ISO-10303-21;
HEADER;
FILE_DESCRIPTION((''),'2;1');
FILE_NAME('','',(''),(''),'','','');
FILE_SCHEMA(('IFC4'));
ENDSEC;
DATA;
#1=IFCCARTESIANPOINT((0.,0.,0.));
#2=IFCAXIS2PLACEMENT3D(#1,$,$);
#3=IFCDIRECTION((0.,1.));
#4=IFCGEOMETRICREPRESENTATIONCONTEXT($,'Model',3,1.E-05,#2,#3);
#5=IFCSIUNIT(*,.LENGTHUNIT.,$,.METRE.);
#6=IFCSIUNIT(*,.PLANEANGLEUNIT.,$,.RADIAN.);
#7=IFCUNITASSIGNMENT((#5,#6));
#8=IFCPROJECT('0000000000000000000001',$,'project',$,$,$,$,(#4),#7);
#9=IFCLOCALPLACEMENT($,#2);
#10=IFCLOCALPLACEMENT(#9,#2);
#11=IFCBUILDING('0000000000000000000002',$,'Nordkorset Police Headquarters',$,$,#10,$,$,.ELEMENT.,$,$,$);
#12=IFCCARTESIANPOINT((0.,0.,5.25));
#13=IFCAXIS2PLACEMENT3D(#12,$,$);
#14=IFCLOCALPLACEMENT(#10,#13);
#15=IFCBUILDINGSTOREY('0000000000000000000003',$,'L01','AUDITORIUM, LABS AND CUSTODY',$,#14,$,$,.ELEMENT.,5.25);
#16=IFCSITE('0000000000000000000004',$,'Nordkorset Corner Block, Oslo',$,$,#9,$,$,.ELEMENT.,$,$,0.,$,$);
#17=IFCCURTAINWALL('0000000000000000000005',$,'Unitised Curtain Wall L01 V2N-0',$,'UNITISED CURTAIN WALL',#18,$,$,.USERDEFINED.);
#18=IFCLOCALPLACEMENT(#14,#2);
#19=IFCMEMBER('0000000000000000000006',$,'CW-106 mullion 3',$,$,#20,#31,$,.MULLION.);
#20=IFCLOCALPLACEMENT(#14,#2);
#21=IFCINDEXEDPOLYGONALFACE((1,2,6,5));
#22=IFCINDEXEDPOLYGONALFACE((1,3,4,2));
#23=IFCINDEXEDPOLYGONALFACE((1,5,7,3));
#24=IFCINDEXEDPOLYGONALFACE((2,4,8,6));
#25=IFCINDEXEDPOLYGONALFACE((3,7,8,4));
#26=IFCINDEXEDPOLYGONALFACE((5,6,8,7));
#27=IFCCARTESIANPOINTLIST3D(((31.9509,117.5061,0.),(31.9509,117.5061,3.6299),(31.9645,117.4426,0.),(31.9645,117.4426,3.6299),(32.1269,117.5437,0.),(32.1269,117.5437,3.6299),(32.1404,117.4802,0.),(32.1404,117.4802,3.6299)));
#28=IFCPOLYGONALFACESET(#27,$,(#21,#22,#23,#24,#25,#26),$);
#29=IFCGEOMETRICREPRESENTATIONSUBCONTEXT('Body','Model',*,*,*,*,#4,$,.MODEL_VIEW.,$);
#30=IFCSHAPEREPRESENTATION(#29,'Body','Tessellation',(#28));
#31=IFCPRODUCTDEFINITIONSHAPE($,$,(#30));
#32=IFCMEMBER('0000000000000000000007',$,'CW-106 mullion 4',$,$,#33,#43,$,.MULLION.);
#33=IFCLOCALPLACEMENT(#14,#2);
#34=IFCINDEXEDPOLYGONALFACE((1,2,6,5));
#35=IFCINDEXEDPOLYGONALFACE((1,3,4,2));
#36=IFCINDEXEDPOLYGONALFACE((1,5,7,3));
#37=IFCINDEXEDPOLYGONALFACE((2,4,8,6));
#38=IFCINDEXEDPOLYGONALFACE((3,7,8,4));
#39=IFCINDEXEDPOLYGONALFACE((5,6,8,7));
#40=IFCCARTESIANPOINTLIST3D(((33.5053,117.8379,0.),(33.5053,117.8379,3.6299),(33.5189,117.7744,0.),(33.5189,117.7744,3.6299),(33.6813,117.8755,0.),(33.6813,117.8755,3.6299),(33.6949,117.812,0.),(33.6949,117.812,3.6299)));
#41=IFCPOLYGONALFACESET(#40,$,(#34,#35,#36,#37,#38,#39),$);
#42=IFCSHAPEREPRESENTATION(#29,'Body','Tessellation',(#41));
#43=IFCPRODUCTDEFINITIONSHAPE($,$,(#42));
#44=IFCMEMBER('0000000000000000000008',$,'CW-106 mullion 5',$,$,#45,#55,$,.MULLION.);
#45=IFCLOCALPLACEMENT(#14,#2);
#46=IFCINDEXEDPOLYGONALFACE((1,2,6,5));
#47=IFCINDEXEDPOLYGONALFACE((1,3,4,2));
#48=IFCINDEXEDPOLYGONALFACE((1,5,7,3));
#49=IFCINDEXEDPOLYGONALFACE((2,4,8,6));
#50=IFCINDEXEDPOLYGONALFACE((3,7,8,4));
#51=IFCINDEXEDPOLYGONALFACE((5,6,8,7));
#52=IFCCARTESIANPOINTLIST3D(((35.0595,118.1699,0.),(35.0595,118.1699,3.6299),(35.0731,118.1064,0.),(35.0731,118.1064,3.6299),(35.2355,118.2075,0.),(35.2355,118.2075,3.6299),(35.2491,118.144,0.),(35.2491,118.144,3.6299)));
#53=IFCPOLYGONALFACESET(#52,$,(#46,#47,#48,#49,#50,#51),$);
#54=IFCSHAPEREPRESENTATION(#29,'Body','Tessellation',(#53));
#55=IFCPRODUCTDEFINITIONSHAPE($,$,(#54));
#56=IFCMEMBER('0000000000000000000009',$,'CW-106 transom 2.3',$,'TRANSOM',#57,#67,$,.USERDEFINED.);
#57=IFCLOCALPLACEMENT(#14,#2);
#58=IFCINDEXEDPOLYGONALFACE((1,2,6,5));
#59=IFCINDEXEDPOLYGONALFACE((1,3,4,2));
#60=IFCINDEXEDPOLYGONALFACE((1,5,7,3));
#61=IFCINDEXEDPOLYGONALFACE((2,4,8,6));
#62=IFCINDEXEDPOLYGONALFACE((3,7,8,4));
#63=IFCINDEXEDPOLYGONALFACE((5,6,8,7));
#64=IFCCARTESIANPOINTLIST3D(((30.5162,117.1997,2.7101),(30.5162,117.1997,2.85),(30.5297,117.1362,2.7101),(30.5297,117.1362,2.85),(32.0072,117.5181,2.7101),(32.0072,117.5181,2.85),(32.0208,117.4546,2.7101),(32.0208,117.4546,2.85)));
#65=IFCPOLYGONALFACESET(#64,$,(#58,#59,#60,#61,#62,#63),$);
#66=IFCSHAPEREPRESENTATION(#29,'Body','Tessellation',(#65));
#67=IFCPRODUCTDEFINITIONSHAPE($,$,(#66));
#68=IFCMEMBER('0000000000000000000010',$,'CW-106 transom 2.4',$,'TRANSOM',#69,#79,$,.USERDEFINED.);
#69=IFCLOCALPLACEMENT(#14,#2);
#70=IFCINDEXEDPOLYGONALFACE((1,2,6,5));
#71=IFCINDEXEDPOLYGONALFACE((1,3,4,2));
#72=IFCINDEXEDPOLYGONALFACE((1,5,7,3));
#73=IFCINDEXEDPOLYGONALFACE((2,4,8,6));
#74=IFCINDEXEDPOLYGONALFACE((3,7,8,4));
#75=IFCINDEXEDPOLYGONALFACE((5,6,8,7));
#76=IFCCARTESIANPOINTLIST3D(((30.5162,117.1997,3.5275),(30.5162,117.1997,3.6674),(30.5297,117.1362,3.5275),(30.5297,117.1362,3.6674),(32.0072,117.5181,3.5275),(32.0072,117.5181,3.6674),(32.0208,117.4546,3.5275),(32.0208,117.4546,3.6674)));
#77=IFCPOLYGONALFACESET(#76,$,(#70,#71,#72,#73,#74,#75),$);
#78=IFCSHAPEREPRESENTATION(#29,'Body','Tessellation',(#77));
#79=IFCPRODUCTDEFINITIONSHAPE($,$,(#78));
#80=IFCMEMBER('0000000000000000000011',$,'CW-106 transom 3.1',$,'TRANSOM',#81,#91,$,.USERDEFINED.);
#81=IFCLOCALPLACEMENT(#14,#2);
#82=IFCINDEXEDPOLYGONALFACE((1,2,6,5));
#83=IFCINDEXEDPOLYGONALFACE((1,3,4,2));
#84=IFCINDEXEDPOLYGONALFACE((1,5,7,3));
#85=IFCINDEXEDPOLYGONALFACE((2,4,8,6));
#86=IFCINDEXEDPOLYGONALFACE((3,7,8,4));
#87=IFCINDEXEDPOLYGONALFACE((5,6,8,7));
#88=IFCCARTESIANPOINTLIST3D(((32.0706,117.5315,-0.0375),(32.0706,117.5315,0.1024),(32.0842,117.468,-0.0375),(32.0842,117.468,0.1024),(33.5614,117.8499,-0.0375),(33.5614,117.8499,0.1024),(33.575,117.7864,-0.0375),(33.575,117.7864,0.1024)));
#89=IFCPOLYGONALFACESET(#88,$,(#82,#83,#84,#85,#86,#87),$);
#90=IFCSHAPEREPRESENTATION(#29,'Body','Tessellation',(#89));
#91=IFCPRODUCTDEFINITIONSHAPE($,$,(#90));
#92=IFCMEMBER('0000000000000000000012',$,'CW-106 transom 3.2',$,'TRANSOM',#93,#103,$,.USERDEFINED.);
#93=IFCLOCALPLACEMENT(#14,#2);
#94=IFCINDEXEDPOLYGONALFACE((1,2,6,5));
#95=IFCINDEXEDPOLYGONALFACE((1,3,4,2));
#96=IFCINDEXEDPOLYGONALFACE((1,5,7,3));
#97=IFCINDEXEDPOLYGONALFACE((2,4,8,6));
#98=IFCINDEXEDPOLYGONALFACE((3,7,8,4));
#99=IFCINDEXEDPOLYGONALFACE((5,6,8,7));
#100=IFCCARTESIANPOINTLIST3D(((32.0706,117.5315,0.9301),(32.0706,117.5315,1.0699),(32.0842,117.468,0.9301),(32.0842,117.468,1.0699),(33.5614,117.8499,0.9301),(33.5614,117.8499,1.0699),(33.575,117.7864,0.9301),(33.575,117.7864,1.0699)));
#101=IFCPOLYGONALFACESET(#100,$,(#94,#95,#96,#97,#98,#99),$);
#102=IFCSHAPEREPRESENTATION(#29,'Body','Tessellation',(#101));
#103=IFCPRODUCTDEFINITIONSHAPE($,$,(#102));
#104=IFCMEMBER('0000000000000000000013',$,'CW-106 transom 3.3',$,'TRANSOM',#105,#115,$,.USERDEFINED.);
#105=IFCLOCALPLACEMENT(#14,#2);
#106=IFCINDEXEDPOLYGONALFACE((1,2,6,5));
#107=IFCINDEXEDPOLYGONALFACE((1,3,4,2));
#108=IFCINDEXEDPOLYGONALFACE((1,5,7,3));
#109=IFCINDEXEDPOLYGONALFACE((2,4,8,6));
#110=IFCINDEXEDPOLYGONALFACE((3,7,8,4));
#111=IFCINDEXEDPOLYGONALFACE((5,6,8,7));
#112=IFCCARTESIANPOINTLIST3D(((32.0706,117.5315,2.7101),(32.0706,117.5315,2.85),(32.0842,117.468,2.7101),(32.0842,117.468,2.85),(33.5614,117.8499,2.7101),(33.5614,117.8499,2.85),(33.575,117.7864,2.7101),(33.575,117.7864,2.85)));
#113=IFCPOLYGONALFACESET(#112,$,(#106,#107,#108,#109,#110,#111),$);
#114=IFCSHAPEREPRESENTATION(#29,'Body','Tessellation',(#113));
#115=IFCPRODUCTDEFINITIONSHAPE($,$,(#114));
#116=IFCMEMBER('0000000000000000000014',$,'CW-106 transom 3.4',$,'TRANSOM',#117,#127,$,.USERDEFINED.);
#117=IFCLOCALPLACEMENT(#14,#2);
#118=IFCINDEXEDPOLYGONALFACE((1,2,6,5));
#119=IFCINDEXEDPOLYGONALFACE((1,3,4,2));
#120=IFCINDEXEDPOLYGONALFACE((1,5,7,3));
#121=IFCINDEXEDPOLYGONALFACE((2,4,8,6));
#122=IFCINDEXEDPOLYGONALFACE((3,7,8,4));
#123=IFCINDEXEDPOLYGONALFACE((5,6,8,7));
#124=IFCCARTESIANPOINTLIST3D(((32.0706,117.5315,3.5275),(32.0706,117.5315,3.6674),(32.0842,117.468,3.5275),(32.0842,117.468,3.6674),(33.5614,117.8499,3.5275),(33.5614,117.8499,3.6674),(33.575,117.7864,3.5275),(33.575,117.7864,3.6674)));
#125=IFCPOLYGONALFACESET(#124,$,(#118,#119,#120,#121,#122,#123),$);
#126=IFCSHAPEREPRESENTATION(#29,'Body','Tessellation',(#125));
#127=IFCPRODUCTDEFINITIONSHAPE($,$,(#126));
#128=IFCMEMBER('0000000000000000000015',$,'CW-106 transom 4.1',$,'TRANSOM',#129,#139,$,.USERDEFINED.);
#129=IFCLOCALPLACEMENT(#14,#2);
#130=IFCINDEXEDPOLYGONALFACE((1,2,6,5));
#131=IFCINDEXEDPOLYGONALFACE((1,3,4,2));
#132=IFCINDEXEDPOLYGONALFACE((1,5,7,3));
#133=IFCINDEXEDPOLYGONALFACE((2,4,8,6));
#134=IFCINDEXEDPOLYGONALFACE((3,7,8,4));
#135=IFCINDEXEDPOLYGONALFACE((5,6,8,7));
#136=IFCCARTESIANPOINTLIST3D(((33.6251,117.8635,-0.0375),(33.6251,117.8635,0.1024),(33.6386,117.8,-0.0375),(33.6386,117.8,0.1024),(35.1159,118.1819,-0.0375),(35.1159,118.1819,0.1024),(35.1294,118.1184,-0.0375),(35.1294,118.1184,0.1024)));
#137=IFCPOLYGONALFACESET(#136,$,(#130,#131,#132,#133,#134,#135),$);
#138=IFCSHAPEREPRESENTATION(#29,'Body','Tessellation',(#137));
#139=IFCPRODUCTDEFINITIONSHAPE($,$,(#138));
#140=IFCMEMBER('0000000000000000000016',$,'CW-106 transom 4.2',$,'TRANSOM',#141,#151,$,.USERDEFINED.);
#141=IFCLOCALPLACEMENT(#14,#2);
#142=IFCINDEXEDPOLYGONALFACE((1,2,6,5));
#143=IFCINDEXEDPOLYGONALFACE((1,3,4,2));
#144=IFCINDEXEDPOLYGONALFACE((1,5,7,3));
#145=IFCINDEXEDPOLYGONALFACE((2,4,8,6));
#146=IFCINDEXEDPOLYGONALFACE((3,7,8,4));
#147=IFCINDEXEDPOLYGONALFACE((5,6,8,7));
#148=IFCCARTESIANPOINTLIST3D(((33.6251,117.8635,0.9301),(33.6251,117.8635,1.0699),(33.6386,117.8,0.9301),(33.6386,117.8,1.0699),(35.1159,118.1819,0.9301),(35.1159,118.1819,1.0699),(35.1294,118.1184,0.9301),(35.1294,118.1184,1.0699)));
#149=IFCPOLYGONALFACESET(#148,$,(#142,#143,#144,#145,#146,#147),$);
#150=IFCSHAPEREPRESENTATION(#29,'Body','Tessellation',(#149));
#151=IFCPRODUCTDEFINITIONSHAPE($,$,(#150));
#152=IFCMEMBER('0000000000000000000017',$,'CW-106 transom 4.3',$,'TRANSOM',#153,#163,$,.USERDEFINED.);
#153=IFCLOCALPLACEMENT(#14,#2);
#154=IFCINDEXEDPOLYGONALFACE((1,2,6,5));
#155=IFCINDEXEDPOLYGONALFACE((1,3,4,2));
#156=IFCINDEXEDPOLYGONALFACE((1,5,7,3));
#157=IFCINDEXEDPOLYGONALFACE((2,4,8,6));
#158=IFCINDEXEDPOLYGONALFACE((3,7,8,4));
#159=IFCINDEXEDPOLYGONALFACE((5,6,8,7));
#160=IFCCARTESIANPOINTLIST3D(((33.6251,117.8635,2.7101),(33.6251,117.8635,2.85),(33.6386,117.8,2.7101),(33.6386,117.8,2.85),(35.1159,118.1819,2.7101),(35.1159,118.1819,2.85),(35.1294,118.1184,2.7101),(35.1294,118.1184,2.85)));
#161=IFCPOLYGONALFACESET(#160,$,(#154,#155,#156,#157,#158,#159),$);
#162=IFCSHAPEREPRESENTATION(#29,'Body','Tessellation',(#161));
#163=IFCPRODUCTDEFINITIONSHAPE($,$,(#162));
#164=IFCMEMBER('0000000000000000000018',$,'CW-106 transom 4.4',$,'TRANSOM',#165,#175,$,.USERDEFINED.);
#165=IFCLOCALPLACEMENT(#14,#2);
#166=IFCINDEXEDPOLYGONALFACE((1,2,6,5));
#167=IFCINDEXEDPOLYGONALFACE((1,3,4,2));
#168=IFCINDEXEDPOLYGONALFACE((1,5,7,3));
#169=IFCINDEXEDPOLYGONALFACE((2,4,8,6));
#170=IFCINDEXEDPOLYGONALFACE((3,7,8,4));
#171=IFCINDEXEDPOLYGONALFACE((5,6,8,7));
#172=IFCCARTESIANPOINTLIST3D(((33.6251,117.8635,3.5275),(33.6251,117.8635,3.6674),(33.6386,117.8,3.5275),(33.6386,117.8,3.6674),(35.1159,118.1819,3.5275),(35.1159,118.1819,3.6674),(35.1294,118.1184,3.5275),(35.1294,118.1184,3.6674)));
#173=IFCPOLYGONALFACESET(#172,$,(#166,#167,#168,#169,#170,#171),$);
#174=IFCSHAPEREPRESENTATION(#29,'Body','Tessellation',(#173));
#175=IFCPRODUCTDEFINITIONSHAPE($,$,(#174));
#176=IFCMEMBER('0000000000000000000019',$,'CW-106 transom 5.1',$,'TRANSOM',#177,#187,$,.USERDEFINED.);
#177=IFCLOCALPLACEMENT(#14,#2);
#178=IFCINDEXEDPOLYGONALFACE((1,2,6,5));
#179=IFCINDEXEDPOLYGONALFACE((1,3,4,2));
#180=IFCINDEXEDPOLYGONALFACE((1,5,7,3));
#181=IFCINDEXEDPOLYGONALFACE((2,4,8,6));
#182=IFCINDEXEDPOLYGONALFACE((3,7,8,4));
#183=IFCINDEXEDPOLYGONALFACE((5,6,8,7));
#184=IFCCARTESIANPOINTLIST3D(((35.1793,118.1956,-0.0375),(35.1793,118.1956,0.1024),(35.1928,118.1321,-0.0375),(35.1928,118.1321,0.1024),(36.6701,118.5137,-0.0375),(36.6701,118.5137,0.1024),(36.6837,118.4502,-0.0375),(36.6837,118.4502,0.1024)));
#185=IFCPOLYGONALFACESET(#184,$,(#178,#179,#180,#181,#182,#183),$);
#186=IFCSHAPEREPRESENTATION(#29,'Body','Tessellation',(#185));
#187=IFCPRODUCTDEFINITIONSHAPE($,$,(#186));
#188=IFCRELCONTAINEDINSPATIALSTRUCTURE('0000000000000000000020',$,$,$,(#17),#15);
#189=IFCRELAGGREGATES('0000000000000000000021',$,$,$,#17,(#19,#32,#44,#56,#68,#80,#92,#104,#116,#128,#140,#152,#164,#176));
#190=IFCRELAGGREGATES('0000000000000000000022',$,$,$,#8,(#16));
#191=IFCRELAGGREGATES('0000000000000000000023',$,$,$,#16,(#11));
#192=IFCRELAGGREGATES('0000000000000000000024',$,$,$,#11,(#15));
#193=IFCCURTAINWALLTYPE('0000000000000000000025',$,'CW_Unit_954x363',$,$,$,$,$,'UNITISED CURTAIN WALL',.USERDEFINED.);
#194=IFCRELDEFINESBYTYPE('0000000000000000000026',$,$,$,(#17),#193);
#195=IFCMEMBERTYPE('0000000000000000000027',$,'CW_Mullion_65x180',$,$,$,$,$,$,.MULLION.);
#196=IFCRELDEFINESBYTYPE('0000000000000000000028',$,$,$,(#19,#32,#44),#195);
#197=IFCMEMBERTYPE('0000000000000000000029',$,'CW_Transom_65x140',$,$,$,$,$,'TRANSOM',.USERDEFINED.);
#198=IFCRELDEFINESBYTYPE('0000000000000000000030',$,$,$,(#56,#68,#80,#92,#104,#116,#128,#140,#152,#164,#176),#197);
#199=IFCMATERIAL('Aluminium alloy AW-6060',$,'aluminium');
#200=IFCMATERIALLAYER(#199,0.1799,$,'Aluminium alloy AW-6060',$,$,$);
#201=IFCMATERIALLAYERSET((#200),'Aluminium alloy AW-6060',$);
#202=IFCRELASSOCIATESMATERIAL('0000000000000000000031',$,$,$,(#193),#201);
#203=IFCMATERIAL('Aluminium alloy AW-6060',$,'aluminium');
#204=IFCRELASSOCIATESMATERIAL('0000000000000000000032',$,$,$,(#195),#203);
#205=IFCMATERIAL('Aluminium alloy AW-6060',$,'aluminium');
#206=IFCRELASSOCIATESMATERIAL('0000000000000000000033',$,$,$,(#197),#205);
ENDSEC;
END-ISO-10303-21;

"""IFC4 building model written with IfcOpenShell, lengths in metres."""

from ifc_helpers import new_model, si_unit, direction, frame, origin, origin_2d, place, context, subcontext, project, spatial, rectangle, extrude, material, layer, layer_set, material_profile, profile_set, type_object, element, aggregate, save


model = new_model("IFC4")

# Units and contexts
model_context = context("Model", 3, precision=1e-05, world=origin(), true_north=direction((0.0, 1.0)))
body_context = subcontext(model_context, "Body", "Model", "MODEL_VIEW")
ifc_project = project(units=[si_unit("LENGTHUNIT", "METRE"), si_unit("PLANEANGLEUNIT", "RADIAN")], contexts=[model_context])

# Site, building, storey
site_placement = place(None, origin())
site = spatial("IfcSite", under=ifc_project, at=site_placement, Name="Nordkorset Corner Block, Oslo", CompositionType="ELEMENT", RefElevation=0.0)
building_placement = place(site_placement, origin())
building = spatial("IfcBuilding", under=site, at=building_placement, Name="Nordkorset Police Headquarters", CompositionType="ELEMENT")
storey_placement = place(building_placement, frame((0.0, 0.0, 5.25)))
storey = spatial("IfcBuildingStorey", under=building, at=storey_placement, Name="L01", Description="AUDITORIUM, LABS AND CUSTODY", CompositionType="ELEMENT", Elevation=5.25)

# Curtain wall, members
ifc_material_1 = material(Name="Aluminium alloy AW-6060", Category="aluminium")
ifc_layer_1 = layer(ifc_material_1, 0.1799, Name="Aluminium alloy AW-6060")
ifc_layer_set_1 = layer_set([ifc_layer_1], Name="Aluminium alloy AW-6060")
curtain_wall_type = type_object("IfcCurtainWallType", Name="CW_Unit_954x363", ElementType="UNITISED CURTAIN WALL", PredefinedType="USERDEFINED", material=ifc_layer_set_1)
curtain_wall_placement = place(storey_placement, origin())
curtain_wall = element("IfcCurtainWall", 1, at=curtain_wall_placement, inside=storey, type_object=curtain_wall_type, Name="Unitised Curtain Wall L01 V2N-0", ObjectType="UNITISED CURTAIN WALL", PredefinedType="USERDEFINED")
ifc_material_2 = material(Name="Aluminium alloy AW-6060", Category="aluminium")
ifc_material_profile_1 = material_profile(ifc_material_2, rectangle(XDim=0.0649, YDim=0.1799, at=origin_2d()), Name="ALU MULL 65x180")
ifc_profile_set_1 = profile_set([ifc_material_profile_1], Name="Aluminium alloy AW-6060")
member_type_1 = type_object("IfcMemberType", Name="CW_Mullion_65x180", PredefinedType="MULLION", material=ifc_profile_set_1)
member_1_placement = place(storey_placement, frame((32.0457, 117.4932, 0.0), z_axis=(0.0, 0.0, 1.0), x_axis=(-0.208833, 0.977951, 0.0)))
member_1 = element("IfcMember", 2, at=member_1_placement, type_object=member_type_1, Name="CW-106 mullion 3", PredefinedType="MULLION", context=body_context, shape_type="SweptSolid", body=[
    extrude(rectangle(XDim=0.0649, YDim=0.1799, at=origin_2d()), origin(), (0.0, 0.0, 1.0), 3.6299),
])
member_2_placement = place(storey_placement, frame((33.6001, 117.825, 0.0), z_axis=(0.0, 0.0, 1.0), x_axis=(-0.208833, 0.977951, 0.0)))
member_2 = element("IfcMember", 3, at=member_2_placement, type_object=member_type_1, Name="CW-106 mullion 4", PredefinedType="MULLION", context=body_context, shape_type="SweptSolid", body=[
    extrude(rectangle(XDim=0.0649, YDim=0.1799, at=origin_2d()), origin(), (0.0, 0.0, 1.0), 3.6299),
])
member_3_placement = place(storey_placement, frame((35.1543, 118.157, 0.0), z_axis=(0.0, 0.0, 1.0), x_axis=(-0.208833, 0.977951, 0.0)))
member_3 = element("IfcMember", 4, at=member_3_placement, type_object=member_type_1, Name="CW-106 mullion 5", PredefinedType="MULLION", context=body_context, shape_type="SweptSolid", body=[
    extrude(rectangle(XDim=0.0649, YDim=0.1799, at=origin_2d()), origin(), (0.0, 0.0, 1.0), 3.6299),
])
ifc_material_3 = material(Name="Aluminium alloy AW-6060", Category="aluminium")
ifc_material_profile_2 = material_profile(ifc_material_3, rectangle(XDim=0.0649, YDim=0.1399, at=origin_2d()), Name="ALU TRAN 65x140")
ifc_profile_set_2 = profile_set([ifc_material_profile_2], Name="Aluminium alloy AW-6060")
member_type_2 = type_object("IfcMemberType", Name="CW_Transom_65x140", ElementType="TRANSOM", PredefinedType="USERDEFINED", material=ifc_profile_set_2)
member_4_placement = place(storey_placement, frame((30.5229, 117.168, 2.78), z_axis=(0.977954, 0.208818, 0.0), x_axis=(-0.208818, 0.977954, 0.0)))
member_4 = element("IfcMember", 5, at=member_4_placement, type_object=member_type_2, Name="CW-106 transom 2.3", ObjectType="TRANSOM", PredefinedType="USERDEFINED", context=body_context, shape_type="SweptSolid", body=[
    extrude(rectangle(XDim=0.0649, YDim=0.1399, at=origin_2d()), origin(), (0.0, 0.0, 1.0), 1.5247),
])
member_5_placement = place(storey_placement, frame((30.5229, 117.168, 3.5974), z_axis=(0.977954, 0.208818, 0.0), x_axis=(-0.208818, 0.977954, 0.0)))
member_5 = element("IfcMember", 6, at=member_5_placement, type_object=member_type_2, Name="CW-106 transom 2.4", ObjectType="TRANSOM", PredefinedType="USERDEFINED", context=body_context, shape_type="SweptSolid", body=[
    extrude(rectangle(XDim=0.0649, YDim=0.1399, at=origin_2d()), origin(), (0.0, 0.0, 1.0), 1.5247),
])
member_6_placement = place(storey_placement, frame((32.0774, 117.4998, 0.0325), z_axis=(0.977947, 0.208851, 0.0), x_axis=(-0.208851, 0.977947, 0.0)))
member_6 = element("IfcMember", 7, at=member_6_placement, type_object=member_type_2, Name="CW-106 transom 3.1", ObjectType="TRANSOM", PredefinedType="USERDEFINED", context=body_context, shape_type="SweptSolid", body=[
    extrude(rectangle(XDim=0.0649, YDim=0.1399, at=origin_2d()), origin(), (0.0, 0.0, 1.0), 1.5244),
])
member_7_placement = place(storey_placement, frame((32.0774, 117.4998, 1.0), z_axis=(0.977947, 0.208851, 0.0), x_axis=(-0.208851, 0.977947, 0.0)))
member_7 = element("IfcMember", 8, at=member_7_placement, type_object=member_type_2, Name="CW-106 transom 3.2", ObjectType="TRANSOM", PredefinedType="USERDEFINED", context=body_context, shape_type="SweptSolid", body=[
    extrude(rectangle(XDim=0.0649, YDim=0.1399, at=origin_2d()), origin(), (0.0, 0.0, 1.0), 1.5244),
])
member_8_placement = place(storey_placement, frame((32.0774, 117.4998, 2.78), z_axis=(0.977947, 0.208851, 0.0), x_axis=(-0.208851, 0.977947, 0.0)))
member_8 = element("IfcMember", 9, at=member_8_placement, type_object=member_type_2, Name="CW-106 transom 3.3", ObjectType="TRANSOM", PredefinedType="USERDEFINED", context=body_context, shape_type="SweptSolid", body=[
    extrude(rectangle(XDim=0.0649, YDim=0.1399, at=origin_2d()), origin(), (0.0, 0.0, 1.0), 1.5244),
])
member_9_placement = place(storey_placement, frame((32.0774, 117.4998, 3.5974), z_axis=(0.977947, 0.208851, 0.0), x_axis=(-0.208851, 0.977947, 0.0)))
member_9 = element("IfcMember", 10, at=member_9_placement, type_object=member_type_2, Name="CW-106 transom 3.4", ObjectType="TRANSOM", PredefinedType="USERDEFINED", context=body_context, shape_type="SweptSolid", body=[
    extrude(rectangle(XDim=0.0649, YDim=0.1399, at=origin_2d()), origin(), (0.0, 0.0, 1.0), 1.5244),
])
member_10_placement = place(storey_placement, frame((33.6318, 117.8318, 0.0325), z_axis=(0.977947, 0.208851, 0.0), x_axis=(-0.208851, 0.977947, 0.0)))
member_10 = element("IfcMember", 11, at=member_10_placement, type_object=member_type_2, Name="CW-106 transom 4.1", ObjectType="TRANSOM", PredefinedType="USERDEFINED", context=body_context, shape_type="SweptSolid", body=[
    extrude(rectangle(XDim=0.0649, YDim=0.1399, at=origin_2d()), origin(), (0.0, 0.0, 1.0), 1.5244),
])
member_11_placement = place(storey_placement, frame((33.6318, 117.8318, 1.0), z_axis=(0.977947, 0.208851, 0.0), x_axis=(-0.208851, 0.977947, 0.0)))
member_11 = element("IfcMember", 12, at=member_11_placement, type_object=member_type_2, Name="CW-106 transom 4.2", ObjectType="TRANSOM", PredefinedType="USERDEFINED", context=body_context, shape_type="SweptSolid", body=[
    extrude(rectangle(XDim=0.0649, YDim=0.1399, at=origin_2d()), origin(), (0.0, 0.0, 1.0), 1.5244),
])
member_12_placement = place(storey_placement, frame((33.6318, 117.8318, 2.78), z_axis=(0.977947, 0.208851, 0.0), x_axis=(-0.208851, 0.977947, 0.0)))
member_12 = element("IfcMember", 13, at=member_12_placement, type_object=member_type_2, Name="CW-106 transom 4.3", ObjectType="TRANSOM", PredefinedType="USERDEFINED", context=body_context, shape_type="SweptSolid", body=[
    extrude(rectangle(XDim=0.0649, YDim=0.1399, at=origin_2d()), origin(), (0.0, 0.0, 1.0), 1.5244),
])
member_13_placement = place(storey_placement, frame((33.6318, 117.8318, 3.5974), z_axis=(0.977947, 0.208851, 0.0), x_axis=(-0.208851, 0.977947, 0.0)))
member_13 = element("IfcMember", 14, at=member_13_placement, type_object=member_type_2, Name="CW-106 transom 4.4", ObjectType="TRANSOM", PredefinedType="USERDEFINED", context=body_context, shape_type="SweptSolid", body=[
    extrude(rectangle(XDim=0.0649, YDim=0.1399, at=origin_2d()), origin(), (0.0, 0.0, 1.0), 1.5244),
])
member_14_placement = place(storey_placement, frame((35.186, 118.1638, 0.0325), z_axis=(0.977987, 0.208665, 0.0), x_axis=(-0.208665, 0.977987, 0.0)))
member_14 = element("IfcMember", 15, at=member_14_placement, type_object=member_type_2, Name="CW-106 transom 5.1", ObjectType="TRANSOM", PredefinedType="USERDEFINED", context=body_context, shape_type="SweptSolid", body=[
    extrude(rectangle(XDim=0.0649, YDim=0.1399, at=origin_2d()), origin(), (0.0, 0.0, 1.0), 1.5244),
])
aggregate(curtain_wall, [member_1, member_2, member_3, member_4, member_5, member_6, member_7, member_8, member_9, member_10, member_11, member_12, member_13, member_14])

save(model, "model.ifc")
